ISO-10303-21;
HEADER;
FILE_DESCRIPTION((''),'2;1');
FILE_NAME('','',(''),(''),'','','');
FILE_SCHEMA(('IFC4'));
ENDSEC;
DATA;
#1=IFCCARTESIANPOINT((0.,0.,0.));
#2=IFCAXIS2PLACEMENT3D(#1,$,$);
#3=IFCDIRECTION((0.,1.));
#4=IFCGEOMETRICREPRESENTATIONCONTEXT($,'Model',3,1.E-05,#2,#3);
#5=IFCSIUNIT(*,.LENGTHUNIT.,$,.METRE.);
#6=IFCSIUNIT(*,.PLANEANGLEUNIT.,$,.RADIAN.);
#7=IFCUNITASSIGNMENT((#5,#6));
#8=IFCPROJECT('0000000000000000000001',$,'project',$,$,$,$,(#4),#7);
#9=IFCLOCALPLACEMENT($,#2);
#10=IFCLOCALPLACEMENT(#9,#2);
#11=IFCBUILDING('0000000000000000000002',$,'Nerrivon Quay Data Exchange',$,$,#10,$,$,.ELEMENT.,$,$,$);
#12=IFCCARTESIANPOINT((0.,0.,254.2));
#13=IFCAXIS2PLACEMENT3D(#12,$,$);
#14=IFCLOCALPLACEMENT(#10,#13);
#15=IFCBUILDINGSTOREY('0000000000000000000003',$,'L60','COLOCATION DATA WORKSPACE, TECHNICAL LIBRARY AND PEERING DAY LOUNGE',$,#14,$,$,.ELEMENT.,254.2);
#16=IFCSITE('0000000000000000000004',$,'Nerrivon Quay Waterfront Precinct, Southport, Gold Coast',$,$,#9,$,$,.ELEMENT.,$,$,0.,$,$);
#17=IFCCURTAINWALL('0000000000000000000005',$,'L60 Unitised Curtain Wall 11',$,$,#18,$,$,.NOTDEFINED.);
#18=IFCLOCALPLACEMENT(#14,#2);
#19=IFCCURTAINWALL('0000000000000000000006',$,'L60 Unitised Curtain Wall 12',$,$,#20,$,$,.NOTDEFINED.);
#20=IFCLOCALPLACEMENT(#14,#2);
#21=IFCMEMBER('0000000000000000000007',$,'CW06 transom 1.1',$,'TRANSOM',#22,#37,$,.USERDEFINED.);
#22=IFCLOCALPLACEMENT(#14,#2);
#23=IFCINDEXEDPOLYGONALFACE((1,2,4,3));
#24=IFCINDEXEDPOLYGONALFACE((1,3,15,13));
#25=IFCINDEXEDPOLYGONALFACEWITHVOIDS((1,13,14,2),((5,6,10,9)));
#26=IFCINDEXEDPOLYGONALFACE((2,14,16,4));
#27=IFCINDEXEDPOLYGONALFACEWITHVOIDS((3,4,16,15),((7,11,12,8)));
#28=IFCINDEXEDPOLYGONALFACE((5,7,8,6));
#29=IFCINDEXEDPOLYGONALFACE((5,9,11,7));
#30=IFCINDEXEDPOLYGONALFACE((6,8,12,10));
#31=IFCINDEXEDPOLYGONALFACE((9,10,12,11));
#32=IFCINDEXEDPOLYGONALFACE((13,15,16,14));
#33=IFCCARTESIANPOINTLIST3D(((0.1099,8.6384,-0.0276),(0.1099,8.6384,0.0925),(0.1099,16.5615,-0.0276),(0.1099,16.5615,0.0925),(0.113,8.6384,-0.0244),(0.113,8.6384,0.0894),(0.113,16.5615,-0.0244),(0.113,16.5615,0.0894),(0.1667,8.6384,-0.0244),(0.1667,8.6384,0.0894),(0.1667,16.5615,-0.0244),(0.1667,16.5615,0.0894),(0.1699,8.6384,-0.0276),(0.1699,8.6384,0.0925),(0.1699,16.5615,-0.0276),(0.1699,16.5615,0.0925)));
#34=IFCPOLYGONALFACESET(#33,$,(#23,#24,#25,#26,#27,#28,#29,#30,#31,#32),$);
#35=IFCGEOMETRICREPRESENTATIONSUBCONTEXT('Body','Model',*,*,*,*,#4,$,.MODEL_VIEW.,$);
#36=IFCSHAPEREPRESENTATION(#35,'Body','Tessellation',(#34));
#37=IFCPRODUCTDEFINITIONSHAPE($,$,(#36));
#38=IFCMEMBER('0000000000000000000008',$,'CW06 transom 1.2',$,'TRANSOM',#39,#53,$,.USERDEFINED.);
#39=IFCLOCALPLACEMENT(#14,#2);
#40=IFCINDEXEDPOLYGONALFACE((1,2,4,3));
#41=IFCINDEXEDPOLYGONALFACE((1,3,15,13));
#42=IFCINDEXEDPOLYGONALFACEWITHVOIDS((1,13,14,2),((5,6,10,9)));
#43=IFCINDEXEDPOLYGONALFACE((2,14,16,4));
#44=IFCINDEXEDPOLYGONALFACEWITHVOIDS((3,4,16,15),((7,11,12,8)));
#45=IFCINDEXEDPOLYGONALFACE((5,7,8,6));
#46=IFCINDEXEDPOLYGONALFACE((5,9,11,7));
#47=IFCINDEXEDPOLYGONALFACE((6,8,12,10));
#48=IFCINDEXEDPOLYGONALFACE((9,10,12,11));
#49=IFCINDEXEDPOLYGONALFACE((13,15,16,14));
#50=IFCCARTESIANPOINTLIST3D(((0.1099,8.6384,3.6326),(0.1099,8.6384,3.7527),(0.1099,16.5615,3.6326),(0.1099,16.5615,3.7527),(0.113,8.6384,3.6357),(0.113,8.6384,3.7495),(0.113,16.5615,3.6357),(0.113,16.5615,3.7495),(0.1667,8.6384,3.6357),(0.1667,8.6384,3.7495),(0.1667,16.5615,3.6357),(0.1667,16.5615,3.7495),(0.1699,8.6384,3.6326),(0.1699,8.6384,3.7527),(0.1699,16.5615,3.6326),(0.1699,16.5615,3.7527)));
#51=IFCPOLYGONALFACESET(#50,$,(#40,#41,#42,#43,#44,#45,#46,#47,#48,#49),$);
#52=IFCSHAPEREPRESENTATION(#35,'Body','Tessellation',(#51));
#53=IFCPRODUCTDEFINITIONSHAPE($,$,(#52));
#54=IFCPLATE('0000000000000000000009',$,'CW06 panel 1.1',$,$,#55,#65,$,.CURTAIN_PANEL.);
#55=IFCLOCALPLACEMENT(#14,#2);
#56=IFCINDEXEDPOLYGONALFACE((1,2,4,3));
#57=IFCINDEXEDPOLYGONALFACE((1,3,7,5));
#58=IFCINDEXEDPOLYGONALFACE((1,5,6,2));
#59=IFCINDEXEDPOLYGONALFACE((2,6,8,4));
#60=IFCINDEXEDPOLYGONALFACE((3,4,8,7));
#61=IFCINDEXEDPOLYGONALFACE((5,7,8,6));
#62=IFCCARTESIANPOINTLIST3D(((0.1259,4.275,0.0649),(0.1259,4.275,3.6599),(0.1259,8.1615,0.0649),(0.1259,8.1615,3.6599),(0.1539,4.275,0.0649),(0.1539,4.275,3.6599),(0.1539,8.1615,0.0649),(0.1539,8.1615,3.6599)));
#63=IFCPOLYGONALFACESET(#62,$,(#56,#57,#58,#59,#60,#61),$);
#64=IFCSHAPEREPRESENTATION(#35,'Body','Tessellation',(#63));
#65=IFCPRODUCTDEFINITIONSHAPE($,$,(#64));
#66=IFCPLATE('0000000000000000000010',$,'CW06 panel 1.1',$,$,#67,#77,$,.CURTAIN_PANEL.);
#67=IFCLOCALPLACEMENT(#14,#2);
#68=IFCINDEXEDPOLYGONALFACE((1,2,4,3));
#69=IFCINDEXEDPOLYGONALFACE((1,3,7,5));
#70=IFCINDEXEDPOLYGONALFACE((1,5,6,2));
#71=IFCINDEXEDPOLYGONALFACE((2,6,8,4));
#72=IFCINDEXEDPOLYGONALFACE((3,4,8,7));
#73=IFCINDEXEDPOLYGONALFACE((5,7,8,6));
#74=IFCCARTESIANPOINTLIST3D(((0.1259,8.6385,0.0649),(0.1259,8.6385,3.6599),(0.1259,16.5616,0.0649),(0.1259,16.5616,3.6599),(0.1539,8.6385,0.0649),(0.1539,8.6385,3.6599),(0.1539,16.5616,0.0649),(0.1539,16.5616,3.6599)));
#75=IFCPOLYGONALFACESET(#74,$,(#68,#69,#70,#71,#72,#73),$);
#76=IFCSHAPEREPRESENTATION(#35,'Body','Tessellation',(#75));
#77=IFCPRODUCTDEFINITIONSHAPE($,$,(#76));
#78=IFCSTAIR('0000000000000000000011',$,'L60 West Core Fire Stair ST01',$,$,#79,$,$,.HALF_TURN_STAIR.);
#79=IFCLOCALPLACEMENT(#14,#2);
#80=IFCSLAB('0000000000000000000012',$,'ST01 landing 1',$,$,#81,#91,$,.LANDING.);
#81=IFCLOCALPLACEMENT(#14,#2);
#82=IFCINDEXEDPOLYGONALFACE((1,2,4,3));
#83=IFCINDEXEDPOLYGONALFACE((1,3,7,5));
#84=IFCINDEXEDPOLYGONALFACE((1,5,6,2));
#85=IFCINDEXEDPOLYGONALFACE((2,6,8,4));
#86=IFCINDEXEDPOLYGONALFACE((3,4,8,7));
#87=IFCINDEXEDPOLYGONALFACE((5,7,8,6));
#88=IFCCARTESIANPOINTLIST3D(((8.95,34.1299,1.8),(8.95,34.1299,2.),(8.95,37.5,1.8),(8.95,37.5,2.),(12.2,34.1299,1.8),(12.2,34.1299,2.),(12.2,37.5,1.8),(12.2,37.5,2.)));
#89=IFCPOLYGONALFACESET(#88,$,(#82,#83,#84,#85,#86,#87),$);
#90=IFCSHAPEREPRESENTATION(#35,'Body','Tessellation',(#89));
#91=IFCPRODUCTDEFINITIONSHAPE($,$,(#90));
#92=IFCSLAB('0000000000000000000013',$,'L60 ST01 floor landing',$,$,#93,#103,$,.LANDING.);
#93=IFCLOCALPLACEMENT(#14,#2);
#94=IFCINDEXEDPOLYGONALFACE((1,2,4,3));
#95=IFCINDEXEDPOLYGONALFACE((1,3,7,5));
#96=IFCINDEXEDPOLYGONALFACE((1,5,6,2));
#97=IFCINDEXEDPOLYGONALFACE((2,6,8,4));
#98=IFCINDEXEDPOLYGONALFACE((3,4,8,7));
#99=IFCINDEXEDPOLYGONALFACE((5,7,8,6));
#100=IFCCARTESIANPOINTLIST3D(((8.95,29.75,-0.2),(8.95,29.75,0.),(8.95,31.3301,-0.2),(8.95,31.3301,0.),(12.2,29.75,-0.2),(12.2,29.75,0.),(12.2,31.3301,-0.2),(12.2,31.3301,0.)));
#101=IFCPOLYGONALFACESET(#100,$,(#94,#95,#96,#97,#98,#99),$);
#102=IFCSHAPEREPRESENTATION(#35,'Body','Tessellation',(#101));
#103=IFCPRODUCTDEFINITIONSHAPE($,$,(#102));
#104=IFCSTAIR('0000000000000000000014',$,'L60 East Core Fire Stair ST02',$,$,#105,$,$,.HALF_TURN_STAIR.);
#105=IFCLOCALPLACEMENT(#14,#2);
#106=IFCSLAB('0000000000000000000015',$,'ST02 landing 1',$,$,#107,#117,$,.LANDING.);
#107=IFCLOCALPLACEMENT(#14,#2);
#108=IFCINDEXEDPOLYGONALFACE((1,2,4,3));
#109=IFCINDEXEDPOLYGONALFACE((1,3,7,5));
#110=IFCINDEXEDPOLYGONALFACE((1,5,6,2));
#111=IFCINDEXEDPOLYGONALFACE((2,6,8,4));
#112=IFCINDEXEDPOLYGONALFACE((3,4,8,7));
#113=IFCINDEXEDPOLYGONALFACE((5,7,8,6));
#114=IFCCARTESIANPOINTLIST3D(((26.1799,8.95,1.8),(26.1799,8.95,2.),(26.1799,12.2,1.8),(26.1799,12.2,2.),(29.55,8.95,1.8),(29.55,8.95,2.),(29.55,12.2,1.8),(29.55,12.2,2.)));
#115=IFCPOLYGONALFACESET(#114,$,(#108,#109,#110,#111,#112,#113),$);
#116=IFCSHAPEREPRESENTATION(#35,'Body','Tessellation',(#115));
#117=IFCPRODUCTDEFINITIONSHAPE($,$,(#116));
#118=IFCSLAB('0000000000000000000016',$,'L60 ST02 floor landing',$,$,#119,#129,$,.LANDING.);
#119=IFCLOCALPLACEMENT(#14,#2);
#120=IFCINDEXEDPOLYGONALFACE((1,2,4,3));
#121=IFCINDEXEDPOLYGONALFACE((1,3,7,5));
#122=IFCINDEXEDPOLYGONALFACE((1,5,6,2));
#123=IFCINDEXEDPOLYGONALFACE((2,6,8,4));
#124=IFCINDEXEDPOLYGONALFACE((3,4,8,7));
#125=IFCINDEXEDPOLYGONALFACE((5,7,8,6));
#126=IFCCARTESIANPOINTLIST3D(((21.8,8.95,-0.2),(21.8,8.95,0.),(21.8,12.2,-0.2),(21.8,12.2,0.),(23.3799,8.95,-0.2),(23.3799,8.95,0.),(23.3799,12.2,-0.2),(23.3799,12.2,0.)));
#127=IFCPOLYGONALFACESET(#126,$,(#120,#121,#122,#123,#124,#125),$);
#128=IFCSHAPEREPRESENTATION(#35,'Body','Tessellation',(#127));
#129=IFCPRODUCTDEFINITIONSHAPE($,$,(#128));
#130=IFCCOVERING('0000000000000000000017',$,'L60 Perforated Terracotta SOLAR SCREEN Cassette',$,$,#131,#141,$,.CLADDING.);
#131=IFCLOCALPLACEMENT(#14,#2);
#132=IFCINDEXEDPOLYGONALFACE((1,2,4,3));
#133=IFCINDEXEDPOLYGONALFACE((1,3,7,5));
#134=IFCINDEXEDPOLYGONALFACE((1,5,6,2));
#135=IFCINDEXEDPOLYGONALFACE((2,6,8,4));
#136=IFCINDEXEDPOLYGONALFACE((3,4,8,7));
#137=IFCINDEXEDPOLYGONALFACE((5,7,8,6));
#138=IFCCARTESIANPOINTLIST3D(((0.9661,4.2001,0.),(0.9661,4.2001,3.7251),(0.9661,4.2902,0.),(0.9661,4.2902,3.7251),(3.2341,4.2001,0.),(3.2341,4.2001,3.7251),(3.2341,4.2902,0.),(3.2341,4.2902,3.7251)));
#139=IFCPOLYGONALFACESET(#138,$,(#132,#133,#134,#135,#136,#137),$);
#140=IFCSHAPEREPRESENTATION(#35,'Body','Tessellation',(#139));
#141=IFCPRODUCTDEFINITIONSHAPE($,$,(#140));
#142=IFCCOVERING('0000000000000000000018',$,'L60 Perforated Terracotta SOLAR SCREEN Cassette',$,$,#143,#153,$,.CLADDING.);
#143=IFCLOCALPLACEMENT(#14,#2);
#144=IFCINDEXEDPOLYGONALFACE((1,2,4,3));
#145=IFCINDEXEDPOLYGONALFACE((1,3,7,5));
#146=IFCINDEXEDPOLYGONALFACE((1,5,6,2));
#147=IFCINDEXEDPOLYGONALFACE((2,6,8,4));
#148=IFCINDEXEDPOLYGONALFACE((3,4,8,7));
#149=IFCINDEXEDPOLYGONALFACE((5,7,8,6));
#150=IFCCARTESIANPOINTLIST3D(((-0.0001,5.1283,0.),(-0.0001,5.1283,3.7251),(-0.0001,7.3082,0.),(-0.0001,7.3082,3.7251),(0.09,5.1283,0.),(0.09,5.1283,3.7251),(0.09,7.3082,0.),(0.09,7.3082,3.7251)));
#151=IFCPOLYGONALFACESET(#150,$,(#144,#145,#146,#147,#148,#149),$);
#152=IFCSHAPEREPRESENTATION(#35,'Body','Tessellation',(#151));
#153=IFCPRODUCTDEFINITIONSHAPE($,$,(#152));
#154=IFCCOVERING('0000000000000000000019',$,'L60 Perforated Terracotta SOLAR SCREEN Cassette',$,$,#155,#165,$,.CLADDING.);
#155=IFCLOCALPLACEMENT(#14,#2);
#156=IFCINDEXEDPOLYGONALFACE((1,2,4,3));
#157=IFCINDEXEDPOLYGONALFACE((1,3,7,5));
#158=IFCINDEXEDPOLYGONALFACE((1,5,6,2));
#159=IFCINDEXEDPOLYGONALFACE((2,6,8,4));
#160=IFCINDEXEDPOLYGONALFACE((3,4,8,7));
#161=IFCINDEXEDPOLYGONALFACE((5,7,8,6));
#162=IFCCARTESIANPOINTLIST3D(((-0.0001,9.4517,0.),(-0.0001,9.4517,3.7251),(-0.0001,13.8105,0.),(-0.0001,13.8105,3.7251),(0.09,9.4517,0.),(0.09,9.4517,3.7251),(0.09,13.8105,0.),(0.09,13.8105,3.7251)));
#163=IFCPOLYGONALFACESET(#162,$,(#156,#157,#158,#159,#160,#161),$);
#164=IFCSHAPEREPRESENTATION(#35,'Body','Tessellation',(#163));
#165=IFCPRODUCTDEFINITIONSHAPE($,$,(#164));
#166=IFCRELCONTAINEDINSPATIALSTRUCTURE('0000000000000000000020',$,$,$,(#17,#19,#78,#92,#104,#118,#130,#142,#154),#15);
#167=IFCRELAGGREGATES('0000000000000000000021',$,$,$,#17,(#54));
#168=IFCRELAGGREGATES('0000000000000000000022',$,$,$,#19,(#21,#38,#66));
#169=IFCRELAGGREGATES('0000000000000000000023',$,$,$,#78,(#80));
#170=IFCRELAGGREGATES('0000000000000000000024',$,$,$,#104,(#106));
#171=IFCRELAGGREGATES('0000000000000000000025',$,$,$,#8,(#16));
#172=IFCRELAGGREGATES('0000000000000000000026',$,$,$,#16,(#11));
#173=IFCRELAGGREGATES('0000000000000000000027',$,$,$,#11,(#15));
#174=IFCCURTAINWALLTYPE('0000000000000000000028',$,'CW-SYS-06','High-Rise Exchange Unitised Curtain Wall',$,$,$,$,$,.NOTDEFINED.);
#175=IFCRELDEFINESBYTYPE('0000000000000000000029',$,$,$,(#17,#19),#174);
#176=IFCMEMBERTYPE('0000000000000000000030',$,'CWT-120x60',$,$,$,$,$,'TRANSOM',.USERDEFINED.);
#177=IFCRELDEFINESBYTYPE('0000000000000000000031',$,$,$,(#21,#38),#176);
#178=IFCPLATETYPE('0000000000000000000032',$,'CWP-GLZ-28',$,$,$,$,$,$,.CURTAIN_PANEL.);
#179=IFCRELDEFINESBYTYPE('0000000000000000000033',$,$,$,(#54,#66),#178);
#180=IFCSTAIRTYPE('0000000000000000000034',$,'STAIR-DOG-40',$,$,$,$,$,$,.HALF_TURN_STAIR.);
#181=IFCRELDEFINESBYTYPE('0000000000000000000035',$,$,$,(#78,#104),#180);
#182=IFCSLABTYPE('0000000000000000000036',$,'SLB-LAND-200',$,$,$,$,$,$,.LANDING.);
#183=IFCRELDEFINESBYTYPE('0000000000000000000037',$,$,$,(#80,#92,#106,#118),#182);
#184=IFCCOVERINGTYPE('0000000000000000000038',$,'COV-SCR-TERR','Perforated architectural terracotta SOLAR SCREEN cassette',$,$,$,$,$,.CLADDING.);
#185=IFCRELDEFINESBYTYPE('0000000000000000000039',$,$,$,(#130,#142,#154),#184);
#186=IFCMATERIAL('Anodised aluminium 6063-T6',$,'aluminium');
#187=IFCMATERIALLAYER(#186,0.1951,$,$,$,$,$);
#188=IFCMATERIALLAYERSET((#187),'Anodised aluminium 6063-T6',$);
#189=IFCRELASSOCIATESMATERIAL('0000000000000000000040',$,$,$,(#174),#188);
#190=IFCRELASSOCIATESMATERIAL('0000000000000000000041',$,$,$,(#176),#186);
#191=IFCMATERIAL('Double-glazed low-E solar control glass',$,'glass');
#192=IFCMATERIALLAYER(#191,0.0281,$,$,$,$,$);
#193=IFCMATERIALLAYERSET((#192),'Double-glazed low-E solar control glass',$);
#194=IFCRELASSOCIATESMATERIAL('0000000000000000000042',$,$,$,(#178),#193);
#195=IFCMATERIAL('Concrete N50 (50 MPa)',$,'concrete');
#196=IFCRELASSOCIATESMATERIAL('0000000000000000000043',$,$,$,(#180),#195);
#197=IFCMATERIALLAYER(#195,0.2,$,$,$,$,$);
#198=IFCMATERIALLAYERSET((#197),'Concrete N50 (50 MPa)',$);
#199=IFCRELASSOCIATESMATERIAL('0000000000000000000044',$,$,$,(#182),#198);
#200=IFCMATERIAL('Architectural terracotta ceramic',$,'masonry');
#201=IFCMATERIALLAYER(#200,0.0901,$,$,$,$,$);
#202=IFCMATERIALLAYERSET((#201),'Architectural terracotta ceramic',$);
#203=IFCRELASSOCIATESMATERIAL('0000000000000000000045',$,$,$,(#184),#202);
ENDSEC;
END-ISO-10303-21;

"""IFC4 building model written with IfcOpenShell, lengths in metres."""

from ifc_helpers import new_model, si_unit, direction, frame, origin, origin_2d, place, context, subcontext, project, spatial, polyline, rectangle, hollow_rectangle, outline, extrude, material, layer, layer_set, material_profile, profile_set, type_object, element, aggregate, save


model = new_model("IFC4")

# Units and contexts
model_context = context("Model", 3, precision=1e-05, world=origin(), true_north=direction((0.0, 1.0)))
body_context = subcontext(model_context, "Body", "Model", "MODEL_VIEW")
ifc_project = project(units=[si_unit("LENGTHUNIT", "METRE"), si_unit("PLANEANGLEUNIT", "RADIAN")], contexts=[model_context])

# Site, building, storey
site_placement = place(None, origin())
site = spatial("IfcSite", under=ifc_project, at=site_placement, Name="Nerrivon Quay Waterfront Precinct, Southport, Gold Coast", CompositionType="ELEMENT", RefElevation=0.0)
building_placement = place(site_placement, origin())
building = spatial("IfcBuilding", under=site, at=building_placement, Name="Nerrivon Quay Data Exchange", CompositionType="ELEMENT")
storey_placement = place(building_placement, frame((0.0, 0.0, 254.2)))
storey = spatial("IfcBuildingStorey", under=building, at=storey_placement, Name="L60", Description="COLOCATION DATA WORKSPACE, TECHNICAL LIBRARY AND PEERING DAY LOUNGE", CompositionType="ELEMENT", Elevation=254.2)

# Shared definitions
ifc_material_1 = material(Name="Anodised aluminium 6063-T6", Category="aluminium")
ifc_layer_1 = layer(ifc_material_1, 0.1951)
ifc_layer_set_1 = layer_set([ifc_layer_1], Name="Anodised aluminium 6063-T6")
curtain_wall_type = type_object("IfcCurtainWallType", Name="CW-SYS-06", Description="High-Rise Exchange Unitised Curtain Wall", PredefinedType="NOTDEFINED", material=ifc_layer_set_1)

# Curtain walls
curtain_wall_1_placement = place(storey_placement, origin())
curtain_wall_1 = element("IfcCurtainWall", 1, at=curtain_wall_1_placement, inside=storey, type_object=curtain_wall_type, Name="L60 Unitised Curtain Wall 11", PredefinedType="NOTDEFINED")
curtain_wall_2_placement = place(storey_placement, origin())
curtain_wall_2 = element("IfcCurtainWall", 2, at=curtain_wall_2_placement, inside=storey, type_object=curtain_wall_type, Name="L60 Unitised Curtain Wall 12", PredefinedType="NOTDEFINED")

# Members
ifc_material_profile_1 = material_profile(ifc_material_1, hollow_rectangle(XDim=0.0601, YDim=0.1201, WallThickness=0.0032, at=origin_2d()), Name="ALU-TRAN-120x60")
ifc_profile_set_1 = profile_set([ifc_material_profile_1], Name="Anodised aluminium 6063-T6")
member_type_1 = type_object("IfcMemberType", Name="CWT-120x60", ElementType="TRANSOM", PredefinedType="USERDEFINED", material=ifc_profile_set_1)
member_1_placement = place(storey_placement, frame((0.1399, 8.6384, 0.0325), z_axis=(0.0, 1.0, 0.0), x_axis=(-1.0, 0.0, 0.0)))
member_1 = element("IfcMember", 3, at=member_1_placement, type_object=member_type_1, Name="CW06 transom 1.1", ObjectType="TRANSOM", PredefinedType="USERDEFINED", context=body_context, shape_type="SweptSolid", body=[
    extrude(hollow_rectangle(XDim=0.0601, YDim=0.1201, WallThickness=0.0032, at=origin_2d()), origin(), (0.0, 0.0, 1.0), 7.9231),
])
member_2_placement = place(storey_placement, frame((0.1399, 8.6384, 3.6926), z_axis=(0.0, 1.0, 0.0), x_axis=(-1.0, 0.0, 0.0)))
member_2 = element("IfcMember", 4, at=member_2_placement, type_object=member_type_1, Name="CW06 transom 1.2", ObjectType="TRANSOM", PredefinedType="USERDEFINED", context=body_context, shape_type="SweptSolid", body=[
    extrude(hollow_rectangle(XDim=0.0601, YDim=0.1201, WallThickness=0.0032, at=origin_2d()), origin(), (0.0, 0.0, 1.0), 7.9231),
])

# Plates
ifc_material_2 = material(Name="Double-glazed low-E solar control glass", Category="glass")
ifc_layer_2 = layer(ifc_material_2, 0.0281)
ifc_layer_set_2 = layer_set([ifc_layer_2], Name="Double-glazed low-E solar control glass")
plate_type = type_object("IfcPlateType", Name="CWP-GLZ-28", PredefinedType="CURTAIN_PANEL", material=ifc_layer_set_2)
plate_1_placement = place(storey_placement, frame((0.1399, 6.2183, 0.0649), z_axis=(0.0, 0.0, 1.0), x_axis=(0.0, 1.0, 0.0)))
plate_1 = element("IfcPlate", 5, at=plate_1_placement, type_object=plate_type, Name="CW06 panel 1.1", PredefinedType="CURTAIN_PANEL", context=body_context, shape_type="SweptSolid", body=[
    extrude(rectangle(XDim=3.8865, YDim=0.0281, at=origin_2d()), origin(), (0.0, 0.0, 1.0), 3.595),
])
aggregate(curtain_wall_1, [plate_1])
plate_2_placement = place(storey_placement, frame((0.1399, 12.6001, 0.0649), z_axis=(0.0, 0.0, 1.0), x_axis=(0.0, 1.0, 0.0)))
plate_2 = element("IfcPlate", 6, at=plate_2_placement, type_object=plate_type, Name="CW06 panel 1.1", PredefinedType="CURTAIN_PANEL", context=body_context, shape_type="SweptSolid", body=[
    extrude(rectangle(XDim=7.9231, YDim=0.0281, at=origin_2d()), origin(), (0.0, 0.0, 1.0), 3.595),
])
aggregate(curtain_wall_2, [member_1, member_2, plate_2])

# Stair, slab
ifc_material_3 = material(Name="Concrete N50 (50 MPa)", Category="concrete")
stair_type = type_object("IfcStairType", Name="STAIR-DOG-40", PredefinedType="HALF_TURN_STAIR", material=ifc_material_3)
stair_1_placement = place(storey_placement, origin())
stair_1 = element("IfcStair", 7, at=stair_1_placement, inside=storey, type_object=stair_type, Name="L60 West Core Fire Stair ST01", PredefinedType="HALF_TURN_STAIR")
ifc_layer_3 = layer(ifc_material_3, 0.2)
ifc_layer_set_3 = layer_set([ifc_layer_3], Name="Concrete N50 (50 MPa)")
slab_type = type_object("IfcSlabType", Name="SLB-LAND-200", PredefinedType="LANDING", material=ifc_layer_set_3)
slab_1_placement = place(storey_placement, frame((0.0, 0.0, 1.8)))
slab_1 = element("IfcSlab", 8, at=slab_1_placement, type_object=slab_type, Name="ST01 landing 1", PredefinedType="LANDING", context=body_context, shape_type="SweptSolid", body=[
    extrude(outline(polyline([(12.2, 34.1299), (12.2, 37.5), (8.95, 37.5), (8.95, 34.1299), (12.2, 34.1299)])), origin(), (0.0, 0.0, 1.0), 0.2),
])
aggregate(stair_1, [slab_1])

# Slab
slab_2_placement = place(storey_placement, frame((0.0, 0.0, -0.2)))
element("IfcSlab", 9, at=slab_2_placement, inside=storey, type_object=slab_type, Name="L60 ST01 floor landing", PredefinedType="LANDING", context=body_context, shape_type="SweptSolid", body=[
    extrude(outline(polyline([(12.2, 29.75), (12.2, 31.3301), (8.95, 31.3301), (8.95, 29.75), (12.2, 29.75)])), origin(), (0.0, 0.0, 1.0), 0.2),
])

# Stair, slab
stair_2_placement = place(storey_placement, origin())
stair_2 = element("IfcStair", 10, at=stair_2_placement, inside=storey, type_object=stair_type, Name="L60 East Core Fire Stair ST02", PredefinedType="HALF_TURN_STAIR")
slab_3_placement = place(storey_placement, frame((0.0, 0.0, 1.8)))
slab_3 = element("IfcSlab", 11, at=slab_3_placement, type_object=slab_type, Name="ST02 landing 1", PredefinedType="LANDING", context=body_context, shape_type="SweptSolid", body=[
    extrude(outline(polyline([(26.1799, 8.95), (29.55, 8.95), (29.55, 12.2), (26.1799, 12.2), (26.1799, 8.95)])), origin(), (0.0, 0.0, 1.0), 0.2),
])
aggregate(stair_2, [slab_3])

# Slab
slab_4_placement = place(storey_placement, frame((0.0, 0.0, -0.2)))
element("IfcSlab", 12, at=slab_4_placement, inside=storey, type_object=slab_type, Name="L60 ST02 floor landing", PredefinedType="LANDING", context=body_context, shape_type="SweptSolid", body=[
    extrude(outline(polyline([(21.8, 8.95), (23.3799, 8.95), (23.3799, 12.2), (21.8, 12.2), (21.8, 8.95)])), origin(), (0.0, 0.0, 1.0), 0.2),
])

# Coverings
ifc_material_4 = material(Name="Architectural terracotta ceramic", Category="masonry")
ifc_layer_4 = layer(ifc_material_4, 0.0901)
ifc_layer_set_4 = layer_set([ifc_layer_4], Name="Architectural terracotta ceramic")
covering_type = type_object("IfcCoveringType", Name="COV-SCR-TERR", Description="Perforated architectural terracotta SOLAR SCREEN cassette", PredefinedType="CLADDING", material=ifc_layer_set_4)
covering_1_placement = place(storey_placement, frame((2.1001, 4.2451, 0.0), z_axis=(0.0, 0.0, 1.0), x_axis=(-1.0, 0.0, 0.0)))
element("IfcCovering", 13, at=covering_1_placement, inside=storey, type_object=covering_type, Name="L60 Perforated Terracotta SOLAR SCREEN Cassette", PredefinedType="CLADDING", context=body_context, shape_type="SweptSolid", body=[
    extrude(rectangle(XDim=2.2681, YDim=0.0901, at=origin_2d()), origin(), (0.0, 0.0, 1.0), 3.7251),
])
covering_2_placement = place(storey_placement, frame((0.0449, 6.2183, 0.0), z_axis=(0.0, 0.0, 1.0), x_axis=(0.0, 1.0, 0.0)))
element("IfcCovering", 14, at=covering_2_placement, inside=storey, type_object=covering_type, Name="L60 Perforated Terracotta SOLAR SCREEN Cassette", PredefinedType="CLADDING", context=body_context, shape_type="SweptSolid", body=[
    extrude(rectangle(XDim=2.1799, YDim=0.0901, at=origin_2d()), origin(), (0.0, 0.0, 1.0), 3.7251),
])
covering_3_placement = place(storey_placement, frame((0.0449, 11.6311, 0.0), z_axis=(0.0, 0.0, 1.0), x_axis=(0.0, 1.0, 0.0)))
element("IfcCovering", 15, at=covering_3_placement, inside=storey, type_object=covering_type, Name="L60 Perforated Terracotta SOLAR SCREEN Cassette", PredefinedType="CLADDING", context=body_context, shape_type="SweptSolid", body=[
    extrude(rectangle(XDim=4.3589, YDim=0.0901, at=origin_2d()), origin(), (0.0, 0.0, 1.0), 3.7251),
])

save(model, "model.ifc")
